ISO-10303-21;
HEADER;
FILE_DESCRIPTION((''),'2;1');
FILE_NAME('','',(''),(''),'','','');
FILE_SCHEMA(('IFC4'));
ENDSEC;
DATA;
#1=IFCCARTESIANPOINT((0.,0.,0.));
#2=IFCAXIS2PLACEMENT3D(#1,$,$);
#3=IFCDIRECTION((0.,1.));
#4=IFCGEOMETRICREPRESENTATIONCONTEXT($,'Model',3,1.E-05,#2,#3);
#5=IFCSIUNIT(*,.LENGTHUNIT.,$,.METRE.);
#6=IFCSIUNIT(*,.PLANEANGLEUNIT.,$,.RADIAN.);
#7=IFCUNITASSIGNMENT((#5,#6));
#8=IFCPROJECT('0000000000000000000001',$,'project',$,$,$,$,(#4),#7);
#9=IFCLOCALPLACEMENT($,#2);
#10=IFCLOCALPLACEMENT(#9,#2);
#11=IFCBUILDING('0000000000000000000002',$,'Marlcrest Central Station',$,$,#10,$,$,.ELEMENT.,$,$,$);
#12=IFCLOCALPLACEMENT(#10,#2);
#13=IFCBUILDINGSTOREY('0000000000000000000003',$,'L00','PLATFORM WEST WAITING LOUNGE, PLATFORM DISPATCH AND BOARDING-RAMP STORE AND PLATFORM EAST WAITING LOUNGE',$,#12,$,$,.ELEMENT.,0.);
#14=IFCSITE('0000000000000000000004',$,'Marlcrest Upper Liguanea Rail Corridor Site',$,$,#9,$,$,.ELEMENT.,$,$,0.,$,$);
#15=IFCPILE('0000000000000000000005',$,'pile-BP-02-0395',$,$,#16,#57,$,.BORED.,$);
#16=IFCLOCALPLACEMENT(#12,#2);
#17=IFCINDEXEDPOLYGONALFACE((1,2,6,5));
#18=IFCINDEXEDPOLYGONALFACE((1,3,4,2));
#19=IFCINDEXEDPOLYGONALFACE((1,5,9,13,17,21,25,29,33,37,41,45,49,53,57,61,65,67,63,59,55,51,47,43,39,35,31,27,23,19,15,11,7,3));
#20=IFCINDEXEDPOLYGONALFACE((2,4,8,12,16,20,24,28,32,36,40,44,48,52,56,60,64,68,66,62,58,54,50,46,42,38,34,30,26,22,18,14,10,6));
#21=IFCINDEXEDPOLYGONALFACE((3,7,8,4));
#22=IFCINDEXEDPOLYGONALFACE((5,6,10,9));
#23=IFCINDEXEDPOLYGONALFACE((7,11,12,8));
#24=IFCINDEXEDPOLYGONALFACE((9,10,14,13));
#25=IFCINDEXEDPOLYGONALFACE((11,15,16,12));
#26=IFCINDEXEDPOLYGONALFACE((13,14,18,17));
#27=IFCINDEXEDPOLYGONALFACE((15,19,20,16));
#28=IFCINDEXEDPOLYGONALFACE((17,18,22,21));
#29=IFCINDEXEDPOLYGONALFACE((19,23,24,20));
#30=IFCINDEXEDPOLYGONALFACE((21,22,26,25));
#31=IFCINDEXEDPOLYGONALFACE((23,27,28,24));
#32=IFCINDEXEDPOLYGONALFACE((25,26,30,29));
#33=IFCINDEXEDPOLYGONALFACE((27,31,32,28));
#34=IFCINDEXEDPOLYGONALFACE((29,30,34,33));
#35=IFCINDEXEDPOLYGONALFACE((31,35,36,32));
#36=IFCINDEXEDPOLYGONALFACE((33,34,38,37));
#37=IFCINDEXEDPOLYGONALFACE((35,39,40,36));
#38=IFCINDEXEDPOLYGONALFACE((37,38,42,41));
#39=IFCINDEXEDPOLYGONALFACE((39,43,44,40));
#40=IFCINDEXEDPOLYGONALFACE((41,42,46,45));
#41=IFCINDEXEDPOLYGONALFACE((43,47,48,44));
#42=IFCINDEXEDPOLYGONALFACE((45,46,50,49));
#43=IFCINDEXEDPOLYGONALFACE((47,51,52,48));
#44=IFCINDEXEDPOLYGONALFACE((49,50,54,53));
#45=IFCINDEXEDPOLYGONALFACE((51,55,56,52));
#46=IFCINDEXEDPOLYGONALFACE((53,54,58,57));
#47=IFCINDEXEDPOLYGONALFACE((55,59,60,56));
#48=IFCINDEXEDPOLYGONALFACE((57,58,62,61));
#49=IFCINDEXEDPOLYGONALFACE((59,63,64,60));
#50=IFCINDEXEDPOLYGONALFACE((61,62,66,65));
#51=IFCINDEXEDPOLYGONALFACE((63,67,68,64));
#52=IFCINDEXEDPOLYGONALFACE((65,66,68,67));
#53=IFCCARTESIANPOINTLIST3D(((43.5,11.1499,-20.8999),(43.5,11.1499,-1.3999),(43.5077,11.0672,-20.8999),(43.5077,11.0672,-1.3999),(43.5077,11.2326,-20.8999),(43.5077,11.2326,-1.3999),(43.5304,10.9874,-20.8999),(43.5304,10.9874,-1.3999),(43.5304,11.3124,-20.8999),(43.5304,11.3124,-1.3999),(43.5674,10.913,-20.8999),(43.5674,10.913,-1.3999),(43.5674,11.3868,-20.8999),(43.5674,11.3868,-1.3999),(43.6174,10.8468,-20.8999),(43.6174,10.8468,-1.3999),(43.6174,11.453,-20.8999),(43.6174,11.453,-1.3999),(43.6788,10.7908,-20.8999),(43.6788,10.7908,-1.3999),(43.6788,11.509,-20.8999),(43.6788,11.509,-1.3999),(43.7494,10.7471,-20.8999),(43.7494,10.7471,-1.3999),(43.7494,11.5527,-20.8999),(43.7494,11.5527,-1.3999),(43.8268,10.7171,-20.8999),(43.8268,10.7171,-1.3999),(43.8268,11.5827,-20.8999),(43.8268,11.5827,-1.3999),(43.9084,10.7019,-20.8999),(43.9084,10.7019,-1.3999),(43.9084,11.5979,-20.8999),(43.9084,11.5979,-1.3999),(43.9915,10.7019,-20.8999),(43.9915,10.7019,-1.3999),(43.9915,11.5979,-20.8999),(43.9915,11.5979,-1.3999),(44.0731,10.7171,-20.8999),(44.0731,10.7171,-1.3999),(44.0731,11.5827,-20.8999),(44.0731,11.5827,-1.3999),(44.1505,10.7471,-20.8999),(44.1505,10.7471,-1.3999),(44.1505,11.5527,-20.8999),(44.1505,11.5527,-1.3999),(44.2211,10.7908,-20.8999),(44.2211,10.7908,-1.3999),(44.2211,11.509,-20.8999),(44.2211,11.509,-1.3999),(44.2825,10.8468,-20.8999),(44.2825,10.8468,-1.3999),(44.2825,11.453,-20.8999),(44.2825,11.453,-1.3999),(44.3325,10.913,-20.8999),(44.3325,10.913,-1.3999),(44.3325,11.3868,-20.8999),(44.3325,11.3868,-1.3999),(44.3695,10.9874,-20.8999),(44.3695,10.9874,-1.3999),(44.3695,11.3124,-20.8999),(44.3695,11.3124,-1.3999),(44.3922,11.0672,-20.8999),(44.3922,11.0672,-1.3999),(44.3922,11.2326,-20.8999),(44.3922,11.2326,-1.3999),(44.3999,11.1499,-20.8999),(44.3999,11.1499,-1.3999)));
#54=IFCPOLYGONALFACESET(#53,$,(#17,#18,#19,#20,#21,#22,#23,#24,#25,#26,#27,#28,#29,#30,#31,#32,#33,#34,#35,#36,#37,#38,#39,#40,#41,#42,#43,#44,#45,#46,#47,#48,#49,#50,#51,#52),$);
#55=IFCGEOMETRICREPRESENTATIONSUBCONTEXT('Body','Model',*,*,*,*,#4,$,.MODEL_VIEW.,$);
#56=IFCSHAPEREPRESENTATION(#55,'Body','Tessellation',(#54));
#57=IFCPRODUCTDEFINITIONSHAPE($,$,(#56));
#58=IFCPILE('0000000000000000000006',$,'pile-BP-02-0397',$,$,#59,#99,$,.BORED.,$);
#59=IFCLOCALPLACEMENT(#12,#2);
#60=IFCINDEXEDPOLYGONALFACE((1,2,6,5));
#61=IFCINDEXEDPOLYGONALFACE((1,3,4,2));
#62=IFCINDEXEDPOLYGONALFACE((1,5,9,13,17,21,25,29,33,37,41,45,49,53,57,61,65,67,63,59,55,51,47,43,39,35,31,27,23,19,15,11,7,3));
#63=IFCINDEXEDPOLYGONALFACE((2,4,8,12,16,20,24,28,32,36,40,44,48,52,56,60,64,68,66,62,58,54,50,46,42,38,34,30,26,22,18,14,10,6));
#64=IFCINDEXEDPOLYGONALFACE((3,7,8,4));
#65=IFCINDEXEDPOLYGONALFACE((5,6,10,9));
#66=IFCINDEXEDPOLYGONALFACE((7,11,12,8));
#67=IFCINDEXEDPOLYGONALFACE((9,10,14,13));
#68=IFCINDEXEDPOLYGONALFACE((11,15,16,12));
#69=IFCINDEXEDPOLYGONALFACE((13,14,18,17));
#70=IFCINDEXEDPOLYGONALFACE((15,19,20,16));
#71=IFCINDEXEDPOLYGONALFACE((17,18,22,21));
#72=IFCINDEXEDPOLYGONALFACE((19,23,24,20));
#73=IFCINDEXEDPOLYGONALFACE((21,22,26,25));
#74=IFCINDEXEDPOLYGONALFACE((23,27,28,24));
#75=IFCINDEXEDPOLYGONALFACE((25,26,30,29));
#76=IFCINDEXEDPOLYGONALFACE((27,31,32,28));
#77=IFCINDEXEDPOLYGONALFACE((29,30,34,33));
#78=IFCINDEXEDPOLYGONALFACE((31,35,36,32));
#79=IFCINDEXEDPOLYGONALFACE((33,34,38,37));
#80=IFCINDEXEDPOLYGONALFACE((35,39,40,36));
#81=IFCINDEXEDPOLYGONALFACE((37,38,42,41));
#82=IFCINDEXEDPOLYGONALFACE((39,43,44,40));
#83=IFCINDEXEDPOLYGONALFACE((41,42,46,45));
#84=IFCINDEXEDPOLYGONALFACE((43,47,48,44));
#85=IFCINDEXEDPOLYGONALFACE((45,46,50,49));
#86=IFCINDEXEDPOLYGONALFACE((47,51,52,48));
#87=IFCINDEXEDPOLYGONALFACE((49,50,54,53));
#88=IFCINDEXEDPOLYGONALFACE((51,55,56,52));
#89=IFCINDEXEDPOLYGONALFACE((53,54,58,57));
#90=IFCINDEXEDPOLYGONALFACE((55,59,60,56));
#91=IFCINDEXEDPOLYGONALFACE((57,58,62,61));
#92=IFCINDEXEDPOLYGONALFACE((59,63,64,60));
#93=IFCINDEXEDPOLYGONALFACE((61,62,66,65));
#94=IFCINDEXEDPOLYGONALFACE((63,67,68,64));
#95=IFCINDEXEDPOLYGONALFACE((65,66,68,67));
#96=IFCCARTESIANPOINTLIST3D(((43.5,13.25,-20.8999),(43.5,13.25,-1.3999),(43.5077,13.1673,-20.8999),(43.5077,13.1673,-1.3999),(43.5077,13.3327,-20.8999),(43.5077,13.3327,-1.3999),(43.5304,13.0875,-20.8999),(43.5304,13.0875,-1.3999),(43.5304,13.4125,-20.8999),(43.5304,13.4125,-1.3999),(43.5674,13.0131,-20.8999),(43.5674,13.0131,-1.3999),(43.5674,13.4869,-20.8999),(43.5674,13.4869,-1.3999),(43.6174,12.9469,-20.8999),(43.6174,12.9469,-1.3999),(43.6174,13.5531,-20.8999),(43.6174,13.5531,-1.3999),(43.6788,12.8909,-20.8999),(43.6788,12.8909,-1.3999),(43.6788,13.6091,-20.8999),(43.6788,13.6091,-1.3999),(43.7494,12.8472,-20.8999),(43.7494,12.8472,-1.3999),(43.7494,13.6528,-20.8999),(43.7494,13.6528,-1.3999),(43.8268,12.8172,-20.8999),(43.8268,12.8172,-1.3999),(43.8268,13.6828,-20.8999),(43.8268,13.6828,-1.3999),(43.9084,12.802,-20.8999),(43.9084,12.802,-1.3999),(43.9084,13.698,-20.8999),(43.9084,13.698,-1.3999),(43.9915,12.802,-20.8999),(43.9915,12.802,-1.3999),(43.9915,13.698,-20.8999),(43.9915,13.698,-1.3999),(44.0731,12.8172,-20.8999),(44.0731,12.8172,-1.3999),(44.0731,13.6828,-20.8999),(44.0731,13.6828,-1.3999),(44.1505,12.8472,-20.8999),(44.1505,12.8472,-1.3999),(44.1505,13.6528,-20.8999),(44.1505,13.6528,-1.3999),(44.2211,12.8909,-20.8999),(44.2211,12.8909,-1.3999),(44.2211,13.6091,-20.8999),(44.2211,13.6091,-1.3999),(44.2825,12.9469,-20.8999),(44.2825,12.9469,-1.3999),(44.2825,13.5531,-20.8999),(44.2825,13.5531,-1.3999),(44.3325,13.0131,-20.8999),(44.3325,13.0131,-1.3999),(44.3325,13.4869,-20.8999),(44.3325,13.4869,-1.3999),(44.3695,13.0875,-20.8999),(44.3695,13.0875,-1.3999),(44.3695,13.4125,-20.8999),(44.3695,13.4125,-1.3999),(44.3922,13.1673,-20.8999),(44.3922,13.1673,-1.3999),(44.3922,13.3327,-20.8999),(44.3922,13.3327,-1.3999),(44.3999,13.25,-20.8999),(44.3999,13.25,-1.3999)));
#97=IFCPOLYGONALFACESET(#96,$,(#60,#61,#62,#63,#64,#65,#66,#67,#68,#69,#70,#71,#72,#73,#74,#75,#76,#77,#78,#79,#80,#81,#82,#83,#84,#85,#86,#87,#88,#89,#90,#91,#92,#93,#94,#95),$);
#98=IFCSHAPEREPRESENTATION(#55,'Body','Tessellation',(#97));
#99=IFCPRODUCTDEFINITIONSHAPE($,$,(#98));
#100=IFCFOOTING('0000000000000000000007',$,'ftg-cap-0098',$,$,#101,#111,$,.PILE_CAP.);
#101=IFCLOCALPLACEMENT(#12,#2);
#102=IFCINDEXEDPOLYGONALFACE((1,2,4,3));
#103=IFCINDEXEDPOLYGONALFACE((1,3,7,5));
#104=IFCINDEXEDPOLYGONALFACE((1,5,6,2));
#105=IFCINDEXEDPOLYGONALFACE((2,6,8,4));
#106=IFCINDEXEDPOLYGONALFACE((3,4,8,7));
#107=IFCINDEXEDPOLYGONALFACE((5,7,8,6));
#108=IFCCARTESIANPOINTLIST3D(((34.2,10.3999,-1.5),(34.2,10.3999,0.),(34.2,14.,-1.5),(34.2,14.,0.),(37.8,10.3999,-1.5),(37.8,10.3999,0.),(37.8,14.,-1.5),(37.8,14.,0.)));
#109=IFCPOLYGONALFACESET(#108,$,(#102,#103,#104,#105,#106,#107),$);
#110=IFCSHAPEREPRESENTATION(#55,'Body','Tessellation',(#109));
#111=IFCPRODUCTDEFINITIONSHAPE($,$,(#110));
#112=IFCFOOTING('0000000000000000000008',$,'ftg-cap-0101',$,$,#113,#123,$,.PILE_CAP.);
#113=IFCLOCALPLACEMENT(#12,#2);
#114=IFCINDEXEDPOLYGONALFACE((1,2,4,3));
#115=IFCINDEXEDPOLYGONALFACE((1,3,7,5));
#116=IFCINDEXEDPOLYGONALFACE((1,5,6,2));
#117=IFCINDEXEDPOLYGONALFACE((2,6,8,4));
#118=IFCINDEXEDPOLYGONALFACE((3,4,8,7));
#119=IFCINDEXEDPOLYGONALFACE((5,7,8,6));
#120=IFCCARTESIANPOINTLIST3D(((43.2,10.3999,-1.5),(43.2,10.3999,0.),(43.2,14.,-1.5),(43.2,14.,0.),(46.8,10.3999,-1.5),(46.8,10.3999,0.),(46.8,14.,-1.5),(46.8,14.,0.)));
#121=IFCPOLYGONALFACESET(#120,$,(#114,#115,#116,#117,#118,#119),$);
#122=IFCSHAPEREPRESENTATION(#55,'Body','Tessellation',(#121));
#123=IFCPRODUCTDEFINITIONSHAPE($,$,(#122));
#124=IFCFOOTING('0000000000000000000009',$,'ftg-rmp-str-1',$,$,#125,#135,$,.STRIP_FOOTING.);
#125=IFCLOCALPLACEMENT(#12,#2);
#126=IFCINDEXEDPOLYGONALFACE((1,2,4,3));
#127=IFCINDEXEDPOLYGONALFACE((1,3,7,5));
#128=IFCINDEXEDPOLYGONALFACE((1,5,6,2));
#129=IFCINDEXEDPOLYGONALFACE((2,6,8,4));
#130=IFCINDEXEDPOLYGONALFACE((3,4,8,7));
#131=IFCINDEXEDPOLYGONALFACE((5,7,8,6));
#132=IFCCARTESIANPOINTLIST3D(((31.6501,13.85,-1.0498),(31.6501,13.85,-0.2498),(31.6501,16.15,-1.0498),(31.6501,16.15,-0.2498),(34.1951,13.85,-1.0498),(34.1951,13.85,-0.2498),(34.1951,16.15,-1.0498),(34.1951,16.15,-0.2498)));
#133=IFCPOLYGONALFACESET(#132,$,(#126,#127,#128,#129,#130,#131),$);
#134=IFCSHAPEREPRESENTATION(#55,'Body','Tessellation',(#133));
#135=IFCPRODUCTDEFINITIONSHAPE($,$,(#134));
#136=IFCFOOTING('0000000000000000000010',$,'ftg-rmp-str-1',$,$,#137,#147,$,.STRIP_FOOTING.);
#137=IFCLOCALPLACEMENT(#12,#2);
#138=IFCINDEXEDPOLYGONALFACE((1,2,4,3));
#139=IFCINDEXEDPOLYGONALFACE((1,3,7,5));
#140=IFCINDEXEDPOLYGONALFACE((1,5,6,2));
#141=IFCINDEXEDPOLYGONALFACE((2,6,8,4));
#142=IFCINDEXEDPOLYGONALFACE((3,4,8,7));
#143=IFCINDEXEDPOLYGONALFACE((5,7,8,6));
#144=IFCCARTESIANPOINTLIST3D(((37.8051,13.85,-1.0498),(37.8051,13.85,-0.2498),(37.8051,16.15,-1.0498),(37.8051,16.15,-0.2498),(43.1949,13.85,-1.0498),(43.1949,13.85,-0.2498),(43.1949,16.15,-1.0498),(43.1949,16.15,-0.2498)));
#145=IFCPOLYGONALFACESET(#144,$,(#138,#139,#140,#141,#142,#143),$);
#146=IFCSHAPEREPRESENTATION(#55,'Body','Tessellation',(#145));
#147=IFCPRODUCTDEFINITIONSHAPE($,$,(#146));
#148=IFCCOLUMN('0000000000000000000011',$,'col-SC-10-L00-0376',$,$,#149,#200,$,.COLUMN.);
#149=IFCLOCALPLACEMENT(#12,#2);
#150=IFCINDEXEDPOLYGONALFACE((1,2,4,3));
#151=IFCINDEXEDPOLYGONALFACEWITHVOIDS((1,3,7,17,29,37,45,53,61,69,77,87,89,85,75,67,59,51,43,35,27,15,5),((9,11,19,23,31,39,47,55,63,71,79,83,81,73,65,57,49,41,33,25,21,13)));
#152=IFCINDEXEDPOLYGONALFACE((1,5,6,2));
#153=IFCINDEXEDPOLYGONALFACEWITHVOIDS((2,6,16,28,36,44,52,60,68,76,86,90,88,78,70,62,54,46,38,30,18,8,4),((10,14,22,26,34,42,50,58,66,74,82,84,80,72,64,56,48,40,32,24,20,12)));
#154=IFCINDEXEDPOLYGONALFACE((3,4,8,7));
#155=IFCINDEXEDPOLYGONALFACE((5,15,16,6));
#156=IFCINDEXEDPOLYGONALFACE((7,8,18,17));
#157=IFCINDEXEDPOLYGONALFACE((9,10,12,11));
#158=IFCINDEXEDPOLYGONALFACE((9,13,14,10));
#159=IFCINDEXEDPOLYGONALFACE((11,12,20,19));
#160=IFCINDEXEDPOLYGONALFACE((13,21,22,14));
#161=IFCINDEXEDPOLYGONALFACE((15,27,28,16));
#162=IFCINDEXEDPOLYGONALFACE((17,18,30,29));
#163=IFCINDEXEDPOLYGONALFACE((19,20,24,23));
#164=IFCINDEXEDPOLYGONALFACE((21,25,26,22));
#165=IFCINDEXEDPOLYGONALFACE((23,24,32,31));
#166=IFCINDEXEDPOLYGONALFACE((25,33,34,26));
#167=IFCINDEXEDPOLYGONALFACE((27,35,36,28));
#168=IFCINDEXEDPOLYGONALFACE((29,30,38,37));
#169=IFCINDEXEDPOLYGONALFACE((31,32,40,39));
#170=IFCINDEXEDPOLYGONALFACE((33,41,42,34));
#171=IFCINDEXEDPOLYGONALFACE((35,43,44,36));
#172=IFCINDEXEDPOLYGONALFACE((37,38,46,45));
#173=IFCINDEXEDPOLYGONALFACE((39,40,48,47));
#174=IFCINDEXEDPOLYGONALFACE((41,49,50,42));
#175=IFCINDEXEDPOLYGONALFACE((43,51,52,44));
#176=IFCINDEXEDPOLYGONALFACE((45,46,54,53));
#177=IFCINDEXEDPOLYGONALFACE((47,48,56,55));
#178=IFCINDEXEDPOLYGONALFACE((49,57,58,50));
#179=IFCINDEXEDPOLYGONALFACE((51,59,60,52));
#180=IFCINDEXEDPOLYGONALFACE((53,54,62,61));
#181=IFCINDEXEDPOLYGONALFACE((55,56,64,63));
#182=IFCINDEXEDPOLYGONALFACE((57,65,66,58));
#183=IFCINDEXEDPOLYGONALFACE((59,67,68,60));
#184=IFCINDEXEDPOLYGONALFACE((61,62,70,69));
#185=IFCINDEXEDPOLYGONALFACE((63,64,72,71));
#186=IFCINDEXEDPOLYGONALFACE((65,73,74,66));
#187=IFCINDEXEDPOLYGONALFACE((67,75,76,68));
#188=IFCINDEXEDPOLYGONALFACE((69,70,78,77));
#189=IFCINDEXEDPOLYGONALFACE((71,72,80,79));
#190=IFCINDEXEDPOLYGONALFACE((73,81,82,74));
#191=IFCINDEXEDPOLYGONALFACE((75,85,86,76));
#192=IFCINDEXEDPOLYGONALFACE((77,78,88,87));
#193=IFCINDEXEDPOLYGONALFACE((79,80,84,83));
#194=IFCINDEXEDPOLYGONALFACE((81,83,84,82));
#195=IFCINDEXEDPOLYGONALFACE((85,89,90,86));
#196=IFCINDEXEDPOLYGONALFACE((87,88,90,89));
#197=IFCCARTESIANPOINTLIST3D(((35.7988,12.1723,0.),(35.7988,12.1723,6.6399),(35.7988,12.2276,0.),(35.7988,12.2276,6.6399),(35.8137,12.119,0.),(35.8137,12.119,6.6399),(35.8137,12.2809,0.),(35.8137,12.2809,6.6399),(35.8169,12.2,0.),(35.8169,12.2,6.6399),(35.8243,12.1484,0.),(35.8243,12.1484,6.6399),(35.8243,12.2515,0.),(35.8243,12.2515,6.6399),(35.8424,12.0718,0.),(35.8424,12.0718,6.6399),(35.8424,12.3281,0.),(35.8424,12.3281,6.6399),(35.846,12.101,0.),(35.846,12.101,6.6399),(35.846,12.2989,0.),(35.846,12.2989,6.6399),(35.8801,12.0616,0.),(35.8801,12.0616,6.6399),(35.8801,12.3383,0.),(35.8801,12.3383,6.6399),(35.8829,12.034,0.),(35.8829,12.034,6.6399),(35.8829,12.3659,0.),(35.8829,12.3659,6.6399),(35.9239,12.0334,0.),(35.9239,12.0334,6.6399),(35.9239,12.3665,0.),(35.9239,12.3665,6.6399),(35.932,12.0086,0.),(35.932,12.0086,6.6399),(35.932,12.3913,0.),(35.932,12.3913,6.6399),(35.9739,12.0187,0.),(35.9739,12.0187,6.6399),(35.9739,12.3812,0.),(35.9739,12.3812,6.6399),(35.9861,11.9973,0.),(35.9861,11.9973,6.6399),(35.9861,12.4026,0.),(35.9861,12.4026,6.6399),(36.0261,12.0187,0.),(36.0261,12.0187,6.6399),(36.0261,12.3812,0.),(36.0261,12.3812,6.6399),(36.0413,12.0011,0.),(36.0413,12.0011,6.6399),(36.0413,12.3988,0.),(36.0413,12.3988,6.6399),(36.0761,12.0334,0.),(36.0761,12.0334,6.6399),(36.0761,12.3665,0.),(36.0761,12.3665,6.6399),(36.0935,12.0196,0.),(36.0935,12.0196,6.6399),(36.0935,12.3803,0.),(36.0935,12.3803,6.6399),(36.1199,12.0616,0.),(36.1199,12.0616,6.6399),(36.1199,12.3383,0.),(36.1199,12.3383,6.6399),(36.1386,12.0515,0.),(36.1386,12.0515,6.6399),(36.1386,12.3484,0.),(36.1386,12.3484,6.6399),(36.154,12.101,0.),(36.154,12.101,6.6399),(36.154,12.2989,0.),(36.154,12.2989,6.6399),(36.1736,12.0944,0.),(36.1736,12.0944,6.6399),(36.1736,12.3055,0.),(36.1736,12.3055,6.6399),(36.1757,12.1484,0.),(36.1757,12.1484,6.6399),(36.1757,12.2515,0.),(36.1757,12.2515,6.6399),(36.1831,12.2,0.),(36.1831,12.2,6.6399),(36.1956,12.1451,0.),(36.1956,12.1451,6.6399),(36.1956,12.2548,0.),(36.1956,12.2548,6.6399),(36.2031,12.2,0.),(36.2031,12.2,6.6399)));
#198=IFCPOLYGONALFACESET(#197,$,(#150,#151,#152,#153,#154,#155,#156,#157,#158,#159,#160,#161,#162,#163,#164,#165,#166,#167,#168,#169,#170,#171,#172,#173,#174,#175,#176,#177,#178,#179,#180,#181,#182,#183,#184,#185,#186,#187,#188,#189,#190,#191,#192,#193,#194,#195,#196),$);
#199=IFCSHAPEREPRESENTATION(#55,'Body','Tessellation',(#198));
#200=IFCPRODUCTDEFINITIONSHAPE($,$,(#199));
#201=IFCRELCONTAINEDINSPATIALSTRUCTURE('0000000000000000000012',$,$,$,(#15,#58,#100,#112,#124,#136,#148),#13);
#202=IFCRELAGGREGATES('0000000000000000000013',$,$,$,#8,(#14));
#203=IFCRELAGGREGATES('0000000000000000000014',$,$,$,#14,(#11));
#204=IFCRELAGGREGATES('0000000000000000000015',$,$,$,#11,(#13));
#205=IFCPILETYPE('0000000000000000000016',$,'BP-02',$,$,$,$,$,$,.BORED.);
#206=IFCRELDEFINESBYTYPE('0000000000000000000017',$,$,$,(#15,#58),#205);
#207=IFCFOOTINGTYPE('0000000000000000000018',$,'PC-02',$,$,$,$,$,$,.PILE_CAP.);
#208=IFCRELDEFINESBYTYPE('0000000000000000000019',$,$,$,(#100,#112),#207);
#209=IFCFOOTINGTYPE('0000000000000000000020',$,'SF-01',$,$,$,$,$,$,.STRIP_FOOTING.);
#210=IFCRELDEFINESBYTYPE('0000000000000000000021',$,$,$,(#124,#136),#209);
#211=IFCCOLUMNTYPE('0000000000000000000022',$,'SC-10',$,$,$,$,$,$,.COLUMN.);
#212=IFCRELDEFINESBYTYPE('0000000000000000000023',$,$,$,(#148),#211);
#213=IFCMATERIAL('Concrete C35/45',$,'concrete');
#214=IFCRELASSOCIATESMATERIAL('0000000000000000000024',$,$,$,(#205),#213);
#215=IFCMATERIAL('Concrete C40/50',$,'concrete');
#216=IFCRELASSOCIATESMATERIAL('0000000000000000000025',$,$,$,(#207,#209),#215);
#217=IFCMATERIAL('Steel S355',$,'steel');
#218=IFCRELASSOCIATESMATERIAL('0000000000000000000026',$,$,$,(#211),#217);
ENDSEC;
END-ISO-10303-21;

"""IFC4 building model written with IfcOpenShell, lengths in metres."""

from ifc_helpers import new_model, si_unit, direction, frame, origin, origin_2d, place, context, subcontext, project, spatial, rectangle, circle, hollow_circle, extrude, material, material_profile, profile_set, type_object, element, save


model = new_model("IFC4")

# Units and contexts
model_context = context("Model", 3, precision=1e-05, world=origin(), true_north=direction((0.0, 1.0)))
body_context = subcontext(model_context, "Body", "Model", "MODEL_VIEW")
ifc_project = project(units=[si_unit("LENGTHUNIT", "METRE"), si_unit("PLANEANGLEUNIT", "RADIAN")], contexts=[model_context])

# Site, building, storey
site_placement = place(None, origin())
site = spatial("IfcSite", under=ifc_project, at=site_placement, Name="Marlcrest Upper Liguanea Rail Corridor Site", CompositionType="ELEMENT", RefElevation=0.0)
building_placement = place(site_placement, origin())
building = spatial("IfcBuilding", under=site, at=building_placement, Name="Marlcrest Central Station", CompositionType="ELEMENT")
storey_placement = place(building_placement, origin())
storey = spatial("IfcBuildingStorey", under=building, at=storey_placement, Name="L00", Description="PLATFORM WEST WAITING LOUNGE, PLATFORM DISPATCH AND BOARDING-RAMP STORE AND PLATFORM EAST WAITING LOUNGE", CompositionType="ELEMENT", Elevation=0.0)

# Piles
ifc_material_1 = material(Name="Concrete C35/45", Category="concrete")
ifc_material_profile_1 = material_profile(ifc_material_1, circle(Radius=0.45, at=origin_2d()), Name="PILE D900")
ifc_profile_set_1 = profile_set([ifc_material_profile_1], Name="Concrete C35/45")
pile_type = type_object("IfcPileType", Name="BP-02", PredefinedType="BORED", material=ifc_profile_set_1)
for number, where, z_axis, x_axis, name in (
    (1, (43.95, 11.1499, -1.3999), (0.0, 0.0, -1.0), (1.0, 0.0, 0.0), "pile-BP-02-0395"),
    (2, (43.95, 13.25, -1.3999), (0.0, 0.0, -1.0), (1.0, 0.0, 0.0), "pile-BP-02-0397"),
):
    element("IfcPile", number, at=place(storey_placement, frame(where, z_axis=z_axis, x_axis=x_axis)), inside=storey, type_object=pile_type, Name=name, PredefinedType="BORED", context=body_context, shape_type="SweptSolid", body=[
        extrude(circle(Radius=0.45, at=origin_2d()), origin(), (0.0, 0.0, 1.0), 19.5),
    ])

# Footings
ifc_material_2 = material(Name="Concrete C40/50", Category="concrete")
footing_type_1 = type_object("IfcFootingType", Name="PC-02", PredefinedType="PILE_CAP", material=ifc_material_2)
for number, where, z_axis, x_axis, name in (
    (3, (36.0, 12.2, -1.5), (0.0, 0.0, 1.0), (1.0, 0.0, 0.0), "ftg-cap-0098"),
    (4, (45.0, 12.2, -1.5), (0.0, 0.0, 1.0), (1.0, 0.0, 0.0), "ftg-cap-0101"),
):
    element("IfcFooting", number, at=place(storey_placement, frame(where, z_axis=z_axis, x_axis=x_axis)), inside=storey, type_object=footing_type_1, Name=name, PredefinedType="PILE_CAP", context=body_context, shape_type="SweptSolid", body=[
        extrude(rectangle(XDim=3.6001, YDim=3.6001, at=origin_2d()), origin(), (0.0, 0.0, 1.0), 1.5),
    ])
footing_type_2 = type_object("IfcFootingType", Name="SF-01", PredefinedType="STRIP_FOOTING", material=ifc_material_2)
footing_1_placement = place(storey_placement, frame((32.9226, 15.0, -1.0498), z_axis=(0.0, 0.0, 1.0), x_axis=(1.0, 0.0, 0.0)))
element("IfcFooting", 5, at=footing_1_placement, inside=storey, type_object=footing_type_2, Name="ftg-rmp-str-1", PredefinedType="STRIP_FOOTING", context=body_context, shape_type="SweptSolid", body=[
    extrude(rectangle(XDim=2.5449, YDim=2.3, at=origin_2d()), origin(), (0.0, 0.0, 1.0), 0.8),
])
footing_2_placement = place(storey_placement, frame((40.5, 15.0, -1.0498), z_axis=(0.0, 0.0, 1.0), x_axis=(1.0, 0.0, 0.0)))
element("IfcFooting", 6, at=footing_2_placement, inside=storey, type_object=footing_type_2, Name="ftg-rmp-str-1", PredefinedType="STRIP_FOOTING", context=body_context, shape_type="SweptSolid", body=[
    extrude(rectangle(XDim=5.3899, YDim=2.3, at=origin_2d()), origin(), (0.0, 0.0, 1.0), 0.8),
])

# Column
ifc_material_3 = material(Name="Steel S355", Category="steel")
ifc_material_profile_2 = material_profile(ifc_material_3, hollow_circle(Radius=0.2031, WallThickness=0.02, at=origin_2d()), Name="CHS 406.4x20")
ifc_profile_set_2 = profile_set([ifc_material_profile_2], Name="Steel S355")
column_type = type_object("IfcColumnType", Name="SC-10", PredefinedType="COLUMN", material=ifc_profile_set_2)
for number, where, z_axis, x_axis, name in (
    (7, (36.0, 12.2, 0.0), (0.0, 0.0, 1.0), (1.0, 0.0, 0.0), "col-SC-10-L00-0376"),
):
    element("IfcColumn", number, at=place(storey_placement, frame(where, z_axis=z_axis, x_axis=x_axis)), inside=storey, type_object=column_type, Name=name, PredefinedType="COLUMN", context=body_context, shape_type="SweptSolid", body=[
        extrude(hollow_circle(Radius=0.2031, WallThickness=0.02, at=origin_2d()), origin(), (0.0, 0.0, 1.0), 6.6399),
    ])

save(model, "model.ifc")
